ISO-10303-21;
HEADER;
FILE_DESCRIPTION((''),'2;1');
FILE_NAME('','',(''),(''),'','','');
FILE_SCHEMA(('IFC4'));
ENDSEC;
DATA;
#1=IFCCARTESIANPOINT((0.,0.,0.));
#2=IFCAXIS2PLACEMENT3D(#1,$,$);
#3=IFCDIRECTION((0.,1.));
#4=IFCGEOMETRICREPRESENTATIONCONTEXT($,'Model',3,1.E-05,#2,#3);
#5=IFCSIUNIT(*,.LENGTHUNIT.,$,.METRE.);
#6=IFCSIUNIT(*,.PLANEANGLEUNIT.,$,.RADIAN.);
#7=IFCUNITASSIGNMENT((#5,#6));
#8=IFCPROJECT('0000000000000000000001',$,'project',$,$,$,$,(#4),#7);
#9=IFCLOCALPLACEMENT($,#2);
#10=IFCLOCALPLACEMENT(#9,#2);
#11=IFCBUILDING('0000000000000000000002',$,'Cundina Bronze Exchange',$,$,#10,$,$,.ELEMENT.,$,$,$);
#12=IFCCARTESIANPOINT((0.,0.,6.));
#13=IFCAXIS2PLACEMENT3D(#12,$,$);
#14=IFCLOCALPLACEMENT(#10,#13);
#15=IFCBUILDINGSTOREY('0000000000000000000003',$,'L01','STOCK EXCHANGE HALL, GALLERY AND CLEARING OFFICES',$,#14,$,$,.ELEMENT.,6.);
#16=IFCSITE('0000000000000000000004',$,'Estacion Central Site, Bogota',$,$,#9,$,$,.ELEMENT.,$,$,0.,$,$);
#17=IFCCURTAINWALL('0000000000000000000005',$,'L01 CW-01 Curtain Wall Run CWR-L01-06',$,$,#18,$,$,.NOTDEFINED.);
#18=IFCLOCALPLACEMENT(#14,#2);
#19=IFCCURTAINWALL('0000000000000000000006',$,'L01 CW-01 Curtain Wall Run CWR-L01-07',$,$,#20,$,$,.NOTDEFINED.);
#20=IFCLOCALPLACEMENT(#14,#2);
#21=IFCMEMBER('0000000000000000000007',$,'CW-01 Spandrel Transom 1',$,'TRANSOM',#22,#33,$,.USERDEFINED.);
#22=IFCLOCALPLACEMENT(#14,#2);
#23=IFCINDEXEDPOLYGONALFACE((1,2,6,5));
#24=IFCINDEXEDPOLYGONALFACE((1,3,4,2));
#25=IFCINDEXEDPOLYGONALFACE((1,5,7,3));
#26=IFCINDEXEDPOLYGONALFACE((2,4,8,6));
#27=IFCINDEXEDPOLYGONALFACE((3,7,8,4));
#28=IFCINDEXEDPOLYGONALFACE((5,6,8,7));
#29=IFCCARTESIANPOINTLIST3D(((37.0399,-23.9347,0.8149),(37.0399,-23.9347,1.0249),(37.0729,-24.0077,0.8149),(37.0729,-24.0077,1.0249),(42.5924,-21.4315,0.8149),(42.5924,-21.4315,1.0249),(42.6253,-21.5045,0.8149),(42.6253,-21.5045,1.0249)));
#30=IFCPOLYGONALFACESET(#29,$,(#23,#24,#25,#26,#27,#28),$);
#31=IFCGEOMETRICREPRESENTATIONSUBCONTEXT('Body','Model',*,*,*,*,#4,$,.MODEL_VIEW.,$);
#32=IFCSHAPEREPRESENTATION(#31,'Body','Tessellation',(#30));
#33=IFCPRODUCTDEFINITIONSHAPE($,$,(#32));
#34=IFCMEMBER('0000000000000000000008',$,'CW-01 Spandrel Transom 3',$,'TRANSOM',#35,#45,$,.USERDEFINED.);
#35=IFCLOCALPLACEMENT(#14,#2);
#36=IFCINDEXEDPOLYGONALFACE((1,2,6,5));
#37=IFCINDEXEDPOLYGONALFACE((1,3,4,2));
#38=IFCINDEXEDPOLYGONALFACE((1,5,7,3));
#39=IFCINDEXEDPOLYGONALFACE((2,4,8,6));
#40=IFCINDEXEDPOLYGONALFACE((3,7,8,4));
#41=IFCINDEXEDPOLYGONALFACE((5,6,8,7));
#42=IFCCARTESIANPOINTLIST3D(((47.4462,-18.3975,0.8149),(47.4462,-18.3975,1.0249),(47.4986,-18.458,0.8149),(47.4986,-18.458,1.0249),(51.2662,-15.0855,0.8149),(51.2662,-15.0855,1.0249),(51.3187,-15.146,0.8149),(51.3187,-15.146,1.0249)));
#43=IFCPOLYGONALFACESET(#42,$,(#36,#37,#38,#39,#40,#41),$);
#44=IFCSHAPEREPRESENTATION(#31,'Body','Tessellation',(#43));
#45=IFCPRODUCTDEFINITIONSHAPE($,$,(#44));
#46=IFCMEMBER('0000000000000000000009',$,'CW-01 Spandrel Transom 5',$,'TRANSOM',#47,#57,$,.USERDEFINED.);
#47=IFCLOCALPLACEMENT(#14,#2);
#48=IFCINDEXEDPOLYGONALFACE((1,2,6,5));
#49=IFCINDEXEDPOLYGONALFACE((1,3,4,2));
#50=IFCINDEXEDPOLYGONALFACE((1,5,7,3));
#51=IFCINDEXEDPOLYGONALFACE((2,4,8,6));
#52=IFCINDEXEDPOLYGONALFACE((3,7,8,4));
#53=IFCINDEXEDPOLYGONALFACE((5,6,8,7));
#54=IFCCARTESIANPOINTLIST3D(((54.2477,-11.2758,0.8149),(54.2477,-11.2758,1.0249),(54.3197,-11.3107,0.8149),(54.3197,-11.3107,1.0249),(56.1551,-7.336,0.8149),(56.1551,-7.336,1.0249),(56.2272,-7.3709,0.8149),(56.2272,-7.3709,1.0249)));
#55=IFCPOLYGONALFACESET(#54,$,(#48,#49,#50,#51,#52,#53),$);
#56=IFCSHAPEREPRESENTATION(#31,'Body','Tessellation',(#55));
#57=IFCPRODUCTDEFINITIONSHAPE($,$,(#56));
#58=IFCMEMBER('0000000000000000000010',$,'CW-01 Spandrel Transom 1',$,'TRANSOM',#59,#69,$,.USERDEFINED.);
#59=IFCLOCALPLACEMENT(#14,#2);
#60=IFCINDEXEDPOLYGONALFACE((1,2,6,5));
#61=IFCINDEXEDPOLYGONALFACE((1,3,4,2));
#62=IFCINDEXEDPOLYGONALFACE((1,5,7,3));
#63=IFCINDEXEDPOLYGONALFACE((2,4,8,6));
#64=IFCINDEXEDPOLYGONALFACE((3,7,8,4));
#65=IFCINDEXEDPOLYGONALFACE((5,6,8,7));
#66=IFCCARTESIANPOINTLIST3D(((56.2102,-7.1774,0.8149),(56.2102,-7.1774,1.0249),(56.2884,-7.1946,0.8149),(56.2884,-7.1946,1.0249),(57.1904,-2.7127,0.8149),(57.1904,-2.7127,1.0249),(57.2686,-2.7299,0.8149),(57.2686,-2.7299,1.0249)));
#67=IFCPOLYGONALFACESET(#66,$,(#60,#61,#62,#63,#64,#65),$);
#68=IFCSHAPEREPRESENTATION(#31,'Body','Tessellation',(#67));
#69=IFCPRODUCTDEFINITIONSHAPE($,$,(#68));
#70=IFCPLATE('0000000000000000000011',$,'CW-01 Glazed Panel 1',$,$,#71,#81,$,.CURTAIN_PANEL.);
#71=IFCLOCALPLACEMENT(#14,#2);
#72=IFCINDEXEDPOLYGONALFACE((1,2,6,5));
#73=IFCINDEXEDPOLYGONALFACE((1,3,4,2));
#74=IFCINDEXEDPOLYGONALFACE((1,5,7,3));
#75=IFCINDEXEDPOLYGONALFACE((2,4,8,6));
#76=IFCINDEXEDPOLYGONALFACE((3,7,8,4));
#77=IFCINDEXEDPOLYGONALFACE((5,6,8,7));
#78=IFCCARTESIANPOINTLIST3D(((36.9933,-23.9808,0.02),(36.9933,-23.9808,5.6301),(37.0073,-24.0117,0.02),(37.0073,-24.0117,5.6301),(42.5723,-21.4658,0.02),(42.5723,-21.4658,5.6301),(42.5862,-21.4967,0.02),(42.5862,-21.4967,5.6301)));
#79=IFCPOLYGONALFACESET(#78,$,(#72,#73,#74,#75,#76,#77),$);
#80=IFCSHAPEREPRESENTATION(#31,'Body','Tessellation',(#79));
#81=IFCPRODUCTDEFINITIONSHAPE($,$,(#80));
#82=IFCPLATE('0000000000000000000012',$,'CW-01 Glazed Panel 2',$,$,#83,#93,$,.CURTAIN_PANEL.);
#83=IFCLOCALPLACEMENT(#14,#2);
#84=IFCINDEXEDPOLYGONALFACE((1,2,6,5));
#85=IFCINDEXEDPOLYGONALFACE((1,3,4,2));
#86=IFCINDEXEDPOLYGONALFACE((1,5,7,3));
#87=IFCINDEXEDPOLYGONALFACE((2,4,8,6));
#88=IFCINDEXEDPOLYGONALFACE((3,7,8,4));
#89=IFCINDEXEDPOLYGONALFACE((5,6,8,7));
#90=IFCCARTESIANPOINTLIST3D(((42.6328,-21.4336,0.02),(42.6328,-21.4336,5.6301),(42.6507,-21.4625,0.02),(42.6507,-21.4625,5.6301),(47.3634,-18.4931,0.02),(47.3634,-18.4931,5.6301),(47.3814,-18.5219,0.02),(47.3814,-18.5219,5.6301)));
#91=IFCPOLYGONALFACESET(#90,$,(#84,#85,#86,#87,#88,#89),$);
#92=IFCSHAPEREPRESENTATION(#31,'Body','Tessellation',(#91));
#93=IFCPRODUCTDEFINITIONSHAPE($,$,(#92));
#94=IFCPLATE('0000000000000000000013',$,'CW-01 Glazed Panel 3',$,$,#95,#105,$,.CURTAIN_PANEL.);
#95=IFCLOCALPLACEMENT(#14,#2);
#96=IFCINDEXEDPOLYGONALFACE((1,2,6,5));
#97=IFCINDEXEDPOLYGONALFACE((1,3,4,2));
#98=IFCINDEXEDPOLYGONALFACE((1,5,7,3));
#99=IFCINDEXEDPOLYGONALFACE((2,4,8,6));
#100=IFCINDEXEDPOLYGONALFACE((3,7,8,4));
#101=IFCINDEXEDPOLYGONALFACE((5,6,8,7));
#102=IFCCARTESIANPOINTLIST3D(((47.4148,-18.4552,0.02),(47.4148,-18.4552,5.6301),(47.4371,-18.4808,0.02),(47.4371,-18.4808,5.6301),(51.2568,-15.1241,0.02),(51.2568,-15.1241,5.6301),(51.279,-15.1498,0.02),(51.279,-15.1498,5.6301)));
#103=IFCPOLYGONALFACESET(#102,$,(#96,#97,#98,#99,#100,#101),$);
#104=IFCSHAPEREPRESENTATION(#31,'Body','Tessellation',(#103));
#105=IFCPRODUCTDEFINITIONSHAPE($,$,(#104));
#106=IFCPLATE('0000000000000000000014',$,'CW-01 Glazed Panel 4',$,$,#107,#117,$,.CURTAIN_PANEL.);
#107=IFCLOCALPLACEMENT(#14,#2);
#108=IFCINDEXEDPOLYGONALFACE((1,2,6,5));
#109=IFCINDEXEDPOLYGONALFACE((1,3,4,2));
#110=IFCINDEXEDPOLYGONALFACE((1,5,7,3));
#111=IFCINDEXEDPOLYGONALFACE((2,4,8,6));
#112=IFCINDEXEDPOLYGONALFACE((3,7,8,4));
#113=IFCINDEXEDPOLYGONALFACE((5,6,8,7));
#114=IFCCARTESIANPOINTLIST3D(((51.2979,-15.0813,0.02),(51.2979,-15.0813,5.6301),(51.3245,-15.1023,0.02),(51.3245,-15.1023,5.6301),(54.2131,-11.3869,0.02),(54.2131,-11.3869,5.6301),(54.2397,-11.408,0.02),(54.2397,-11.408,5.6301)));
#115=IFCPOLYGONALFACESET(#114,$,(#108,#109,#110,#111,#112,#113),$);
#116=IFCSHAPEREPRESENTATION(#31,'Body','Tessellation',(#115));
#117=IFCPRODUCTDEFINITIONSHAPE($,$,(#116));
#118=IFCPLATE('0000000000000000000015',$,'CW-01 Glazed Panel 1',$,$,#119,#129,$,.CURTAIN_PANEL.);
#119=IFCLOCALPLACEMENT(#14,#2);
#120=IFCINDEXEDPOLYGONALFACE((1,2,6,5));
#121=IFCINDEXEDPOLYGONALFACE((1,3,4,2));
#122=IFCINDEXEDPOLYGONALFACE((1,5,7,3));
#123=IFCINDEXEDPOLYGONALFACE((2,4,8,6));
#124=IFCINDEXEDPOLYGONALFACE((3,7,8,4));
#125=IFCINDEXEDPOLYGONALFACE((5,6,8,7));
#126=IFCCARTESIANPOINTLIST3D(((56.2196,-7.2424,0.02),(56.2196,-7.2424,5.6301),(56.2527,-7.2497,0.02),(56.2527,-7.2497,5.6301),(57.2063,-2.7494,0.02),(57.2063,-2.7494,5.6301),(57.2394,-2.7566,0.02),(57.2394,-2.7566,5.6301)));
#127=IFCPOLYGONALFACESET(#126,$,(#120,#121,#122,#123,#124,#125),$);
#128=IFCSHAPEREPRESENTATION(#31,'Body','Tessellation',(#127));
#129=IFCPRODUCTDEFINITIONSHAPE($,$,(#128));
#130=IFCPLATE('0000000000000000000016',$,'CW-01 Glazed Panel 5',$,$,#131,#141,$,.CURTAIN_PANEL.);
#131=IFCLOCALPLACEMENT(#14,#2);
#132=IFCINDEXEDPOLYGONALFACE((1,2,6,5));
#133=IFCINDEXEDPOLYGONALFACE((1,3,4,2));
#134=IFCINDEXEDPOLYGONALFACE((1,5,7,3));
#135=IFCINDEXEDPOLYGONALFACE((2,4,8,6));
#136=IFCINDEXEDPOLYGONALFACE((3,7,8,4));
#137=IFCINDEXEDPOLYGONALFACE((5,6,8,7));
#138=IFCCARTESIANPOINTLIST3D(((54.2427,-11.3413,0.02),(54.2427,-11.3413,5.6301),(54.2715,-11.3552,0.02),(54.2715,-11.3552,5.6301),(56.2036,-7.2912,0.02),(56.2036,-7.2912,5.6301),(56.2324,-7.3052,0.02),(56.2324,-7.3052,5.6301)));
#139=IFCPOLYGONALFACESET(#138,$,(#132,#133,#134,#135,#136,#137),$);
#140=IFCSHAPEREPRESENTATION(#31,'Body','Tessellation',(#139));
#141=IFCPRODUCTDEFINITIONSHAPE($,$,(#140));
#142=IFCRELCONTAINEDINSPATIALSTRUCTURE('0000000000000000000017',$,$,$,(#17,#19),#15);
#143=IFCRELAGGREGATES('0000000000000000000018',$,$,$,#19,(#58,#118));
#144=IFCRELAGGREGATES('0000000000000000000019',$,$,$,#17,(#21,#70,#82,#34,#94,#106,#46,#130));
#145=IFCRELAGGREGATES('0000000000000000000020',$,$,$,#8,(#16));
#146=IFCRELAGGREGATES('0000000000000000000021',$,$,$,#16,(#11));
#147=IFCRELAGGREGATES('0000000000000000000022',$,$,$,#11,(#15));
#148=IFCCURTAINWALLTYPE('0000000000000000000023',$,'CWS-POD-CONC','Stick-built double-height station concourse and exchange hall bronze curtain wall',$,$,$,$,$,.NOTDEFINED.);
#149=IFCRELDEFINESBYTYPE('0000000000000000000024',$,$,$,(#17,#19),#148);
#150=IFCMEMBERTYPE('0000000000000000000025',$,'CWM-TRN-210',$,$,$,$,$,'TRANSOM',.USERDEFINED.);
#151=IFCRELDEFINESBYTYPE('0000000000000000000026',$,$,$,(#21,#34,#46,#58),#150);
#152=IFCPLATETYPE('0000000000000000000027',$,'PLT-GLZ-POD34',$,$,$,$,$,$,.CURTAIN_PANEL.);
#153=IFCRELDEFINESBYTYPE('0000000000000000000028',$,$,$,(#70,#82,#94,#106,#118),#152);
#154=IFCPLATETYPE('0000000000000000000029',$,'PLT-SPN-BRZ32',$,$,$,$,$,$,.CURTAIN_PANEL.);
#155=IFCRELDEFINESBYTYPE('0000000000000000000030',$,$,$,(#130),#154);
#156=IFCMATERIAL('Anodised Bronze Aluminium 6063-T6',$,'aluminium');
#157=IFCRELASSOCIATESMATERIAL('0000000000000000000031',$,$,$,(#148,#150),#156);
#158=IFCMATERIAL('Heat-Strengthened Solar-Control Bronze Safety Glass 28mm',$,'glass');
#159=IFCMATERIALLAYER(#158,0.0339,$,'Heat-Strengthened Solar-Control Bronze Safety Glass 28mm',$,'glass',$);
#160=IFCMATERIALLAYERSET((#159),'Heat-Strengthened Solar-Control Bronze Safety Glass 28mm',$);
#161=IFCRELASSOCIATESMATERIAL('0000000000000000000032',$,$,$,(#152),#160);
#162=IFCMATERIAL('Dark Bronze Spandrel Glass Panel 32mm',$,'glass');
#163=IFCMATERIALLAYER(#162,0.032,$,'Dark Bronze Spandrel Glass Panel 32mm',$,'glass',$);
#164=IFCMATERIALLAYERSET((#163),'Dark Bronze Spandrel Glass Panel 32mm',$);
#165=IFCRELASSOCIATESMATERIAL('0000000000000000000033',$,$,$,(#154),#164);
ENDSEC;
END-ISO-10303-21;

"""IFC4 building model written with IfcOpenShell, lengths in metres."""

from ifc_helpers import new_model, si_unit, direction, frame, origin, origin_2d, place, context, subcontext, project, spatial, rectangle, extrude, material, layer, layer_set, material_profile, profile_set, type_object, element, aggregate, save


model = new_model("IFC4")

# Units and contexts
model_context = context("Model", 3, precision=1e-05, world=origin(), true_north=direction((0.0, 1.0)))
body_context = subcontext(model_context, "Body", "Model", "MODEL_VIEW")
ifc_project = project(units=[si_unit("LENGTHUNIT", "METRE"), si_unit("PLANEANGLEUNIT", "RADIAN")], contexts=[model_context])

# Site, building, storey
site_placement = place(None, origin())
site = spatial("IfcSite", under=ifc_project, at=site_placement, Name="Estacion Central Site, Bogota", CompositionType="ELEMENT", RefElevation=0.0)
building_placement = place(site_placement, origin())
building = spatial("IfcBuilding", under=site, at=building_placement, Name="Cundina Bronze Exchange", CompositionType="ELEMENT")
storey_placement = place(building_placement, frame((0.0, 0.0, 6.0)))
storey = spatial("IfcBuildingStorey", under=building, at=storey_placement, Name="L01", Description="STOCK EXCHANGE HALL, GALLERY AND CLEARING OFFICES", CompositionType="ELEMENT", Elevation=6.0)

# Curtain wall
ifc_material_1 = material(Name="Anodised Bronze Aluminium 6063-T6", Category="aluminium")
curtain_wall_type = type_object("IfcCurtainWallType", Name="CWS-POD-CONC", Description="Stick-built double-height station concourse and exchange hall bronze curtain wall", PredefinedType="NOTDEFINED", material=ifc_material_1)
curtain_wall_1_placement = place(storey_placement, origin())
curtain_wall_1 = element("IfcCurtainWall", 1, at=curtain_wall_1_placement, inside=storey, type_object=curtain_wall_type, Name="L01 CW-01 Curtain Wall Run CWR-L01-06", PredefinedType="NOTDEFINED")

# Curtain wall
curtain_wall_2_placement = place(storey_placement, origin())
curtain_wall_2 = element("IfcCurtainWall", 2, at=curtain_wall_2_placement, inside=storey, type_object=curtain_wall_type, Name="L01 CW-01 Curtain Wall Run CWR-L01-07", PredefinedType="NOTDEFINED")

# Members
ifc_material_profile_1 = material_profile(ifc_material_1, rectangle(XDim=0.0801, YDim=0.21, at=origin_2d()), Name="AL80X210", Category="aluminium")
ifc_profile_set_1 = profile_set([ifc_material_profile_1], Name="Anodised Bronze Aluminium 6063-T6")
member_type_1 = type_object("IfcMemberType", Name="CWM-TRN-210", ElementType="TRANSOM", PredefinedType="USERDEFINED", material=ifc_profile_set_1)
member_1_placement = place(storey_placement, frame((37.0564, -23.9712, 0.9199), z_axis=(0.911642, 0.410986, 0.0), x_axis=(-0.410986, 0.911642, 0.0)))
member_1 = element("IfcMember", 3, at=member_1_placement, type_object=member_type_1, Name="CW-01 Spandrel Transom 1", ObjectType="TRANSOM", PredefinedType="USERDEFINED", context=body_context, shape_type="SweptSolid", body=[
    extrude(rectangle(XDim=0.0801, YDim=0.21, at=origin_2d()), origin(), (0.0, 0.0, 1.0), 6.0906),
])
member_2_placement = place(storey_placement, frame((47.4724, -18.4277, 0.9199), z_axis=(0.755563, 0.655076, 0.0), x_axis=(-0.655076, 0.755563, 0.0)))
member_2 = element("IfcMember", 4, at=member_2_placement, type_object=member_type_1, Name="CW-01 Spandrel Transom 3", ObjectType="TRANSOM", PredefinedType="USERDEFINED", context=body_context, shape_type="SweptSolid", body=[
    extrude(rectangle(XDim=0.0801, YDim=0.21, at=origin_2d()), origin(), (0.0, 0.0, 1.0), 5.0559),
])
member_3_placement = place(storey_placement, frame((54.2837, -11.2932, 0.9199), z_axis=(0.435777, 0.900055, 0.0), x_axis=(-0.900055, 0.435777, 0.0)))
member_3 = element("IfcMember", 5, at=member_3_placement, type_object=member_type_1, Name="CW-01 Spandrel Transom 5", ObjectType="TRANSOM", PredefinedType="USERDEFINED", context=body_context, shape_type="SweptSolid", body=[
    extrude(rectangle(XDim=0.0801, YDim=0.21, at=origin_2d()), origin(), (0.0, 0.0, 1.0), 4.3772),
])
member_4_placement = place(storey_placement, frame((56.2493, -7.186, 0.9199), z_axis=(0.214447, 0.976736, 0.0), x_axis=(-0.976736, 0.214447, 0.0)))
member_4 = element("IfcMember", 6, at=member_4_placement, type_object=member_type_1, Name="CW-01 Spandrel Transom 1", ObjectType="TRANSOM", PredefinedType="USERDEFINED", context=body_context, shape_type="SweptSolid", body=[
    extrude(rectangle(XDim=0.0801, YDim=0.21, at=origin_2d()), origin(), (0.0, 0.0, 1.0), 4.571),
])

# Plates
ifc_material_2 = material(Name="Heat-Strengthened Solar-Control Bronze Safety Glass 28mm", Category="glass")
ifc_layer_1 = layer(ifc_material_2, 0.0339, Name="Heat-Strengthened Solar-Control Bronze Safety Glass 28mm", Category="glass")
ifc_layer_set_1 = layer_set([ifc_layer_1], Name="Heat-Strengthened Solar-Control Bronze Safety Glass 28mm")
plate_type_1 = type_object("IfcPlateType", Name="PLT-GLZ-POD34", PredefinedType="CURTAIN_PANEL", material=ifc_layer_set_1)
plate_1_placement = place(storey_placement, frame((39.7898, -22.7388, 0.02), z_axis=(0.0, 0.0, 1.0), x_axis=(0.911647, 0.410973, 0.0)))
plate_1 = element("IfcPlate", 7, at=plate_1_placement, type_object=plate_type_1, Name="CW-01 Glazed Panel 1", PredefinedType="CURTAIN_PANEL", context=body_context, shape_type="SweptSolid", body=[
    extrude(rectangle(XDim=6.1196, YDim=0.0339, at=origin_2d()), origin(), (0.0, 0.0, 1.0), 5.6101),
])
plate_2_placement = place(storey_placement, frame((45.0071, -19.9778, 0.02), z_axis=(0.0, 0.0, 1.0), x_axis=(0.849294, 0.52792, 0.0)))
plate_2 = element("IfcPlate", 8, at=plate_2_placement, type_object=plate_type_1, Name="CW-01 Glazed Panel 2", PredefinedType="CURTAIN_PANEL", context=body_context, shape_type="SweptSolid", body=[
    extrude(rectangle(XDim=5.5701, YDim=0.0339, at=origin_2d()), origin(), (0.0, 0.0, 1.0), 5.6101),
])
plate_3_placement = place(storey_placement, frame((49.3469, -16.8025, 0.02), z_axis=(0.0, 0.0, 1.0), x_axis=(0.755556, 0.655084, 0.0)))
plate_3 = element("IfcPlate", 9, at=plate_3_placement, type_object=plate_type_1, Name="CW-01 Glazed Panel 3", PredefinedType="CURTAIN_PANEL", context=body_context, shape_type="SweptSolid", body=[
    extrude(rectangle(XDim=5.085, YDim=0.0339, at=origin_2d()), origin(), (0.0, 0.0, 1.0), 5.6101),
])
plate_4_placement = place(storey_placement, frame((52.7688, -13.2446, 0.02), z_axis=(0.0, 0.0, 1.0), x_axis=(0.619464, 0.785025, 0.0)))
plate_4 = element("IfcPlate", 10, at=plate_4_placement, type_object=plate_type_1, Name="CW-01 Glazed Panel 4", PredefinedType="CURTAIN_PANEL", context=body_context, shape_type="SweptSolid", body=[
    extrude(rectangle(XDim=4.7061, YDim=0.0339, at=origin_2d()), origin(), (0.0, 0.0, 1.0), 5.6101),
])
plate_5_placement = place(storey_placement, frame((56.7295, -4.9995, 0.02), z_axis=(0.0, 0.0, 1.0), x_axis=(0.214497, 0.976725, 0.0)))
plate_5 = element("IfcPlate", 11, at=plate_5_placement, type_object=plate_type_1, Name="CW-01 Glazed Panel 1", PredefinedType="CURTAIN_PANEL", context=body_context, shape_type="SweptSolid", body=[
    extrude(rectangle(XDim=4.6001, YDim=0.0339, at=origin_2d()), origin(), (0.0, 0.0, 1.0), 5.6101),
])
aggregate(curtain_wall_2, [member_4, plate_5])
ifc_material_3 = material(Name="Dark Bronze Spandrel Glass Panel 32mm", Category="glass")
ifc_layer_2 = layer(ifc_material_3, 0.032, Name="Dark Bronze Spandrel Glass Panel 32mm", Category="glass")
ifc_layer_set_2 = layer_set([ifc_layer_2], Name="Dark Bronze Spandrel Glass Panel 32mm")
plate_type_2 = type_object("IfcPlateType", Name="PLT-SPN-BRZ32", PredefinedType="CURTAIN_PANEL", material=ifc_layer_set_2)
plate_6_placement = place(storey_placement, frame((55.2375, -9.3232, 0.02), z_axis=(0.0, 0.0, 1.0), x_axis=(0.435765, 0.90006, 0.0)))
plate_6 = element("IfcPlate", 12, at=plate_6_placement, type_object=plate_type_2, Name="CW-01 Glazed Panel 5", PredefinedType="CURTAIN_PANEL", context=body_context, shape_type="SweptSolid", body=[
    extrude(rectangle(XDim=4.4998, YDim=0.032, at=origin_2d()), origin(), (0.0, 0.0, 1.0), 5.6101),
])
aggregate(curtain_wall_1, [member_1, plate_1, plate_2, member_2, plate_3, plate_4, member_3, plate_6])

save(model, "model.ifc")
